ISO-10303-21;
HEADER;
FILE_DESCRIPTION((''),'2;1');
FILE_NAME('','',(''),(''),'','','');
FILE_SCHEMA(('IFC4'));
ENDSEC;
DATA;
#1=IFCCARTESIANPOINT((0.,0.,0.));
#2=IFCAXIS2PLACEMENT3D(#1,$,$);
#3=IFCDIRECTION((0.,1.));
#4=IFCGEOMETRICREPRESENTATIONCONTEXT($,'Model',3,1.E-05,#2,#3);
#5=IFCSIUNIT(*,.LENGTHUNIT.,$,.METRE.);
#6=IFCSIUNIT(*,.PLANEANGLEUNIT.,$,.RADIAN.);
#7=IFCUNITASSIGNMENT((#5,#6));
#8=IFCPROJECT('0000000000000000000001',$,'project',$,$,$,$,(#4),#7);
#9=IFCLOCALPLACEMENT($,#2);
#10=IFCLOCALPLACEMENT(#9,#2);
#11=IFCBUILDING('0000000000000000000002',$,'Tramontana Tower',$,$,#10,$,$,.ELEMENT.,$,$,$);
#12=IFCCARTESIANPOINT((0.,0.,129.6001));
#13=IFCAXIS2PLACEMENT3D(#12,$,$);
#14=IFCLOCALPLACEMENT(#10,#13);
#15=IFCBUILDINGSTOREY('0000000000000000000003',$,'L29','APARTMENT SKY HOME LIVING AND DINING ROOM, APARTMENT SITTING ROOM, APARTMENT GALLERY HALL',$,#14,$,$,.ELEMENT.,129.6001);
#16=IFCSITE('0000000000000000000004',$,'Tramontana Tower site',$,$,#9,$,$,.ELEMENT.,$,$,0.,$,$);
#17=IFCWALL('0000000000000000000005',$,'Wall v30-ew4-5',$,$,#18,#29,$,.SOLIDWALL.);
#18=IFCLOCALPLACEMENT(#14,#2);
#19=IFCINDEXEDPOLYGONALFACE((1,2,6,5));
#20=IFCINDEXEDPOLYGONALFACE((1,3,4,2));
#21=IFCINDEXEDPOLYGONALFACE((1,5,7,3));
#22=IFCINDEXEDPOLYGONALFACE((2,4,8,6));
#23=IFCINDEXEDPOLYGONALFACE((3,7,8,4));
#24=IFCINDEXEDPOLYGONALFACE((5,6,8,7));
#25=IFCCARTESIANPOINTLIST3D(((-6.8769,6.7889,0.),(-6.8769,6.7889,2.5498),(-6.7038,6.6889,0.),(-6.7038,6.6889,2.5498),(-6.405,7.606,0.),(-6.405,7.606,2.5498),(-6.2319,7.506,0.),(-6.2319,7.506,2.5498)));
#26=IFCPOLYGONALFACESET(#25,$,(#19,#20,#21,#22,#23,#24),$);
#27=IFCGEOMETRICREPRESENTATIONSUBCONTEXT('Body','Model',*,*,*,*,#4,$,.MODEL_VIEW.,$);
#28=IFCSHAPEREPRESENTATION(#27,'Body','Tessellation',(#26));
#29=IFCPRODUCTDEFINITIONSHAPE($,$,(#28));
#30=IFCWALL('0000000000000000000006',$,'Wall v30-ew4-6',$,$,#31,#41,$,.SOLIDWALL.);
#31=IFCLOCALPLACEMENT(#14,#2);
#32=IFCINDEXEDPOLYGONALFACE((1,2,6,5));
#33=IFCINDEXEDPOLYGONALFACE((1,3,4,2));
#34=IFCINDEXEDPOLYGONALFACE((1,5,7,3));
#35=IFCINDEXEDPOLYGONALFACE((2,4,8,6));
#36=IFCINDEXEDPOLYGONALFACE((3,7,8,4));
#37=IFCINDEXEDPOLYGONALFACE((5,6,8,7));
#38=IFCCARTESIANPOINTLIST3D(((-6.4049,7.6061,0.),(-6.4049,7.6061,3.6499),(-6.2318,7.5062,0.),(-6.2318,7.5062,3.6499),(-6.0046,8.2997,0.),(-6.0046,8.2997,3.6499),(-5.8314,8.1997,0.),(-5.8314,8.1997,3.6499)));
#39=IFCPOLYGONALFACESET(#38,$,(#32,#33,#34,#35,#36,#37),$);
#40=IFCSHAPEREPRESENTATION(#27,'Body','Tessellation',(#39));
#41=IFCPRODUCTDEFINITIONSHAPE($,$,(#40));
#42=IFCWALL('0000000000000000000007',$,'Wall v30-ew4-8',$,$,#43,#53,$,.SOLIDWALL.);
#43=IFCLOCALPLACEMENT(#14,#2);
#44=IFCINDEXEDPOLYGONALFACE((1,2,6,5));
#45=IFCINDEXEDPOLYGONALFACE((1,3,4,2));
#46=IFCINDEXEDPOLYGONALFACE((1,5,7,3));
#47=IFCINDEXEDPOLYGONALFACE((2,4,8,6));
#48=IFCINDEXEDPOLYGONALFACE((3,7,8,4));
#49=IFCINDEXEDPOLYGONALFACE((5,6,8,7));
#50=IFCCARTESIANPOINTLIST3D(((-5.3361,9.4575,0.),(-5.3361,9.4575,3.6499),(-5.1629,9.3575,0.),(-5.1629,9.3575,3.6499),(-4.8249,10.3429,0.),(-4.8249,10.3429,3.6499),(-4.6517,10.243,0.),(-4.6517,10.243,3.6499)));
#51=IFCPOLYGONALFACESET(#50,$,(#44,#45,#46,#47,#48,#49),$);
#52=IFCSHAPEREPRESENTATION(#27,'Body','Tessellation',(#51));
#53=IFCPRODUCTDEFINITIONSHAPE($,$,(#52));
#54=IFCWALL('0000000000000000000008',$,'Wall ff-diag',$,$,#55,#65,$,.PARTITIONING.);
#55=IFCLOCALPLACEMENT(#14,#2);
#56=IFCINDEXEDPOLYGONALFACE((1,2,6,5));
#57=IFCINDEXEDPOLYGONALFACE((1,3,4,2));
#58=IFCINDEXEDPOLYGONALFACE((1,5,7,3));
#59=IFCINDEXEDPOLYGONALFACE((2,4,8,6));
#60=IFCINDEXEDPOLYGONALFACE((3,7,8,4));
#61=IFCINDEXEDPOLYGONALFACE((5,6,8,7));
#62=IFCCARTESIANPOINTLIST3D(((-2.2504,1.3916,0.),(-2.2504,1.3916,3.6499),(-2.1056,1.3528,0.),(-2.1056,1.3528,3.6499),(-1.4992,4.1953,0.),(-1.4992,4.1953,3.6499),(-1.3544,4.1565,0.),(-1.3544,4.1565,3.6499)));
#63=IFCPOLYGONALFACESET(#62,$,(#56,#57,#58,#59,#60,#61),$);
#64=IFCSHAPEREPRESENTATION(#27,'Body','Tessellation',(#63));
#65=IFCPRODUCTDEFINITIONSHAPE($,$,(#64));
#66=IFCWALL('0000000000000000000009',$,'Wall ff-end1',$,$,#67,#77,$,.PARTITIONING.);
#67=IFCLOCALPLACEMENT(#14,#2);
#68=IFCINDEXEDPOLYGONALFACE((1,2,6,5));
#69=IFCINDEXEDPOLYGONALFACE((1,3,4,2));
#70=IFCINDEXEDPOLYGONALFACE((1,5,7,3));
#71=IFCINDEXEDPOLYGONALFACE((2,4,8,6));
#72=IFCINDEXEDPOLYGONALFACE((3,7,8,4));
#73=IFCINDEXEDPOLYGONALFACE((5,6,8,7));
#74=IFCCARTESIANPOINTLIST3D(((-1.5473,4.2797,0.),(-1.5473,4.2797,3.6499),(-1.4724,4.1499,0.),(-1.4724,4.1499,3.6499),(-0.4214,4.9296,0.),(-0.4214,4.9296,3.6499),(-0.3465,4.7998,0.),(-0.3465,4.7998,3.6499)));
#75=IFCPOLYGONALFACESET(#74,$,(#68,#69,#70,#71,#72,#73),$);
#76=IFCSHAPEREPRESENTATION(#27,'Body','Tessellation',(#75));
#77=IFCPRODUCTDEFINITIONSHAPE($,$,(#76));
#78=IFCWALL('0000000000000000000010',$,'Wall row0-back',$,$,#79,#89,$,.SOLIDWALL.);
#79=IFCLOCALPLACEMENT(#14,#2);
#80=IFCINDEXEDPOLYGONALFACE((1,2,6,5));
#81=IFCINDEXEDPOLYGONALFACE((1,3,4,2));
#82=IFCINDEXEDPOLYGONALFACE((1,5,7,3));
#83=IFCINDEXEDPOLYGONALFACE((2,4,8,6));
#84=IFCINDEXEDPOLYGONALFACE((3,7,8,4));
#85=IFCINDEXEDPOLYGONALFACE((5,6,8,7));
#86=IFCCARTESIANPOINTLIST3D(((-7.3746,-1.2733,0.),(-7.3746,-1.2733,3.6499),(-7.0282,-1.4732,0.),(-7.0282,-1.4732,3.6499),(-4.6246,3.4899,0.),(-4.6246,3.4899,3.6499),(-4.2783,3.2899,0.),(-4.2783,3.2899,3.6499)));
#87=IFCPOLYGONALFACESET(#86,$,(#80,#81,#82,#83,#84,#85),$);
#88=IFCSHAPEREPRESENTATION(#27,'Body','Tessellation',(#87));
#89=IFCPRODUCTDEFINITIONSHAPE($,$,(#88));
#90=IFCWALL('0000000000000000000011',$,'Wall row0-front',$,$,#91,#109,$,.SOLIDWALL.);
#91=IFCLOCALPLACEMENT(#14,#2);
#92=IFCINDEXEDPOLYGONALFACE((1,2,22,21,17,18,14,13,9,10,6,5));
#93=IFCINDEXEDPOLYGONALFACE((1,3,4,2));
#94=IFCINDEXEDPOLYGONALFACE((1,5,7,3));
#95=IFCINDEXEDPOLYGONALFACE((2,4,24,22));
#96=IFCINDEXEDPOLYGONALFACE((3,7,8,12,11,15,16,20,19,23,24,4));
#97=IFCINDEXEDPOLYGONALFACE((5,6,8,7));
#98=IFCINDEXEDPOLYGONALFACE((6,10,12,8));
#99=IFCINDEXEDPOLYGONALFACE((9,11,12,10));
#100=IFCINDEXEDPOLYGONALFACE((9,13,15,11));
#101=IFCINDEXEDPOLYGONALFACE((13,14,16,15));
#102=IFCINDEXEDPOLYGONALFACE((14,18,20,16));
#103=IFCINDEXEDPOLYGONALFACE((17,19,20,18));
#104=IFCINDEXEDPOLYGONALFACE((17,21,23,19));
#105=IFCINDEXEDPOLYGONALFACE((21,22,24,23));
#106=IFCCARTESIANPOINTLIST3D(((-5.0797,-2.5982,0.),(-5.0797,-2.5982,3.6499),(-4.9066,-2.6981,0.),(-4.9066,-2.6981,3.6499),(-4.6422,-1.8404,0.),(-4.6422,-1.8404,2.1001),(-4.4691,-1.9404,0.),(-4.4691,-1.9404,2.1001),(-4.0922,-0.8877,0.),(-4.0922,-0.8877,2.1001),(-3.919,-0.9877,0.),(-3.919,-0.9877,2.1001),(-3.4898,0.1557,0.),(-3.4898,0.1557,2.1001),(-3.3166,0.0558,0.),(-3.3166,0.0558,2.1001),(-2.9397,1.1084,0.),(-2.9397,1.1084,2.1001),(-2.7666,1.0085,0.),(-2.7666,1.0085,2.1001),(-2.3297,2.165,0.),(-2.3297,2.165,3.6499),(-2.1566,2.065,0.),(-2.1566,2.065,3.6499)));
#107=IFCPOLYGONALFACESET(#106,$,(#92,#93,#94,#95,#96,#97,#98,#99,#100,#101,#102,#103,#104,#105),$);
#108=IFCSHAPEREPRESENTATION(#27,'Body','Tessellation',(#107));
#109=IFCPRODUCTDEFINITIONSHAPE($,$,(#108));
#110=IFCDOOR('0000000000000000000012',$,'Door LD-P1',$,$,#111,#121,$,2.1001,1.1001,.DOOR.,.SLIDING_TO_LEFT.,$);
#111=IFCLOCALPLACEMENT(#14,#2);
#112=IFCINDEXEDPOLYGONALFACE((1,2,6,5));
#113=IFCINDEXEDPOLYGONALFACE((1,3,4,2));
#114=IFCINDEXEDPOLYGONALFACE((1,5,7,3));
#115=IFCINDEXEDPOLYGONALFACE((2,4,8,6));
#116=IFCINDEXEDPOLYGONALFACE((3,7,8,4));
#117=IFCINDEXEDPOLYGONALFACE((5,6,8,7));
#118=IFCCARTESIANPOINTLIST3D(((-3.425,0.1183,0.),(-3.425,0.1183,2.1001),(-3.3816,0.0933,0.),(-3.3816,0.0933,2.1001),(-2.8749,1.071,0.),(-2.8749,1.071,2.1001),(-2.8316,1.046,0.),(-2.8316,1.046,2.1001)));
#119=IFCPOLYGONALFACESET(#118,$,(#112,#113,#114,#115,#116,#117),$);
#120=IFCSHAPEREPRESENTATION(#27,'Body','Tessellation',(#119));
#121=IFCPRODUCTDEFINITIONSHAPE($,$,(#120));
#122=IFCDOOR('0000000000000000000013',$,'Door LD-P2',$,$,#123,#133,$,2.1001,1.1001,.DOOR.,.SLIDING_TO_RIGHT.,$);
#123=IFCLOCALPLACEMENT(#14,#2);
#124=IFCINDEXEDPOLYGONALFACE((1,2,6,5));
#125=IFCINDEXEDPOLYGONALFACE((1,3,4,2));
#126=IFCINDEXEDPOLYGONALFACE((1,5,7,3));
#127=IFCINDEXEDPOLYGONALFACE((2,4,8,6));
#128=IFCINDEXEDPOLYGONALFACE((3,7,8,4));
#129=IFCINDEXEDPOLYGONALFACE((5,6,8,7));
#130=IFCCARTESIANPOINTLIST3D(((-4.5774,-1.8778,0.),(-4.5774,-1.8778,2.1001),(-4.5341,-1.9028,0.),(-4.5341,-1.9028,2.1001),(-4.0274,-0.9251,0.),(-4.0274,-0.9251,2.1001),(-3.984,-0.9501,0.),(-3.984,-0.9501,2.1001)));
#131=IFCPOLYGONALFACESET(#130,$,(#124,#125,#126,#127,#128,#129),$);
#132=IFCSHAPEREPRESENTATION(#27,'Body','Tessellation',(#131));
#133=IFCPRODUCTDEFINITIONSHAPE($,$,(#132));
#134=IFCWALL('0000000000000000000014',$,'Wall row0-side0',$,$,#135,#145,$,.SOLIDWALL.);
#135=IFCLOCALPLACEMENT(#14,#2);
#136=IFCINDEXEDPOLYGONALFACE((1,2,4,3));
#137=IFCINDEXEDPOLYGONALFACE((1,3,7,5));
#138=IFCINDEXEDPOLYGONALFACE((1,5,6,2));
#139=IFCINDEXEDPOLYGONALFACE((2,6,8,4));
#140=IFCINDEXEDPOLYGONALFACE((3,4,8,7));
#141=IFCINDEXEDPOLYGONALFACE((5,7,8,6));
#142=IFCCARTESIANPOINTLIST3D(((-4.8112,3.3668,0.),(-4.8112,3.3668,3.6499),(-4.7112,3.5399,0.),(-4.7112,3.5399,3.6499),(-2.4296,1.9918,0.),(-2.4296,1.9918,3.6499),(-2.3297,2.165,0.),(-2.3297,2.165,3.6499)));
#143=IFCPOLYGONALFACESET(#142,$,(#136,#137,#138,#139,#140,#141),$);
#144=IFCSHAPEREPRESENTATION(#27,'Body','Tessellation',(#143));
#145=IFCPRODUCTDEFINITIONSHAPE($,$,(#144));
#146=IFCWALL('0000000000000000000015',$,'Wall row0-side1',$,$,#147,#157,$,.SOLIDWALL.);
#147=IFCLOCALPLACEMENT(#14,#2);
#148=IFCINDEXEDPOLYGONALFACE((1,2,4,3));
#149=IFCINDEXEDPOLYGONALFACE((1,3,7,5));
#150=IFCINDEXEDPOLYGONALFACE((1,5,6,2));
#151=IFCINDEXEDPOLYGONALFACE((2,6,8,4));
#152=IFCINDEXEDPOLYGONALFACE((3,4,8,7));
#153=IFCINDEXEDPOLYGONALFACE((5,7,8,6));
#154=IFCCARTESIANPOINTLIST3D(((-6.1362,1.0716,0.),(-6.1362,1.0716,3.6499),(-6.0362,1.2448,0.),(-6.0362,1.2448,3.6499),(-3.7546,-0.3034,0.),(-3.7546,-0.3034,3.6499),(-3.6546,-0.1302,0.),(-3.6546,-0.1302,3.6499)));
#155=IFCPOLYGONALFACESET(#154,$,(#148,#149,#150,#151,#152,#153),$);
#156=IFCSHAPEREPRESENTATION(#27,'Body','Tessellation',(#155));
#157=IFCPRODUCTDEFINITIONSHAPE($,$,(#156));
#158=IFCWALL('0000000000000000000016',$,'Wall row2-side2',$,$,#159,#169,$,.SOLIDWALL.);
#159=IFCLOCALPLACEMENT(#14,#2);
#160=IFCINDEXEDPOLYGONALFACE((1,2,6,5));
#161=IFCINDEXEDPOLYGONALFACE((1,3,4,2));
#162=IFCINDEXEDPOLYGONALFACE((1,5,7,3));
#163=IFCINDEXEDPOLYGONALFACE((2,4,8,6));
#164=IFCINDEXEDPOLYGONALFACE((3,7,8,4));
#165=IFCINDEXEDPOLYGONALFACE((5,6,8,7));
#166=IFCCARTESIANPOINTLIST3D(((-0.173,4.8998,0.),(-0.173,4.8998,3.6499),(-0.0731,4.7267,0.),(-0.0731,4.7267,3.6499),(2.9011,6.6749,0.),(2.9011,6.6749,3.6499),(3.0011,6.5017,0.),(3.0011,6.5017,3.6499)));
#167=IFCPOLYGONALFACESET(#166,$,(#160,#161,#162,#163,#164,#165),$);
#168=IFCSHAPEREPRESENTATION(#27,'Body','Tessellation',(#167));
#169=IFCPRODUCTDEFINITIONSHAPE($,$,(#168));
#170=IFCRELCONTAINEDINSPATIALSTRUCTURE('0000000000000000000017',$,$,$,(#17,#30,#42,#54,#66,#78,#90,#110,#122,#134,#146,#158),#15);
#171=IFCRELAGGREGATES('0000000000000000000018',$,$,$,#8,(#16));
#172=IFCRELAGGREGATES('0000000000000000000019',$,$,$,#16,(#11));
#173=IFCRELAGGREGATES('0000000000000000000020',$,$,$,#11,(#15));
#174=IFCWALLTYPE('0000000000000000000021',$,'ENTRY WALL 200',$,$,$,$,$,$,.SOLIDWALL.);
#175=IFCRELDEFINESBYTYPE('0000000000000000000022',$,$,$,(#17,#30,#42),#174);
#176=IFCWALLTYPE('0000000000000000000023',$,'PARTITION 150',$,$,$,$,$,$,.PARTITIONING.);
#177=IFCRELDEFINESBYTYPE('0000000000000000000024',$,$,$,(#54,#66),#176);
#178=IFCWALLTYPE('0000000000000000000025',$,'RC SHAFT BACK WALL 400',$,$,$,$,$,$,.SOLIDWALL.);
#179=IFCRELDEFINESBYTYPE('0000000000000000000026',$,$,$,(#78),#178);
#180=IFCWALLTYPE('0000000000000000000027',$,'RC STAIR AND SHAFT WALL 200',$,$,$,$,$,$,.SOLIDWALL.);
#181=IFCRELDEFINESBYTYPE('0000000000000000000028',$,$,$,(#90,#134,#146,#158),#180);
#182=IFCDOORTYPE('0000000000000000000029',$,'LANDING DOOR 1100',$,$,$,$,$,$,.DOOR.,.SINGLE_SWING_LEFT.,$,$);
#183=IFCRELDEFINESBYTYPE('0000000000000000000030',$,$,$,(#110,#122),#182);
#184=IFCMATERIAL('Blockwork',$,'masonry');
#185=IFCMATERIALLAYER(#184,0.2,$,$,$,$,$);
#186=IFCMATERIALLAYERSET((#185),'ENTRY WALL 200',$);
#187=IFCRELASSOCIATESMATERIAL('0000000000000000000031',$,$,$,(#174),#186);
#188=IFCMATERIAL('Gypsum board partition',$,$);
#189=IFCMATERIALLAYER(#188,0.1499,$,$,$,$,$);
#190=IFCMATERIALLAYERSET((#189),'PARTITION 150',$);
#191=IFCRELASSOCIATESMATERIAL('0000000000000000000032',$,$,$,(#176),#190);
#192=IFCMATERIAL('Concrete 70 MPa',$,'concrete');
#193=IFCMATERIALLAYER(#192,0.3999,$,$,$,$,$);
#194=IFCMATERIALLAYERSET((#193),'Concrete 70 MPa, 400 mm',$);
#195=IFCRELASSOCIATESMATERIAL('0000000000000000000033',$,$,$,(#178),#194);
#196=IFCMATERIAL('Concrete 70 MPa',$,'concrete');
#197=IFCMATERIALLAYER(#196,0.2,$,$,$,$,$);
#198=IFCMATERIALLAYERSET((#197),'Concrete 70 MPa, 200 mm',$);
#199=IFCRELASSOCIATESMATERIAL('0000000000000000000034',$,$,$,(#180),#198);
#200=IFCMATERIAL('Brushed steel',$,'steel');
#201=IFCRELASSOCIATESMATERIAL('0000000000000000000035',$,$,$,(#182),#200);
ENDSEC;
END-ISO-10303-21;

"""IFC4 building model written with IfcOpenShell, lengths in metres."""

from ifc_helpers import new_model, si_unit, direction, frame, frame_2d, origin, place, context, subcontext, project, spatial, rectangle, extrude, material, layer, layer_set, type_object, element, fill, save


model = new_model("IFC4")

# Units and contexts
model_context = context("Model", 3, precision=1e-05, world=origin(), true_north=direction((0.0, 1.0)))
body_context = subcontext(model_context, "Body", "Model", "MODEL_VIEW")
ifc_project = project(units=[si_unit("LENGTHUNIT", "METRE"), si_unit("PLANEANGLEUNIT", "RADIAN")], contexts=[model_context])

# Site, building, storey
site_placement = place(None, origin())
site = spatial("IfcSite", under=ifc_project, at=site_placement, Name="Tramontana Tower site", CompositionType="ELEMENT", RefElevation=0.0)
building_placement = place(site_placement, origin())
building = spatial("IfcBuilding", under=site, at=building_placement, Name="Tramontana Tower", CompositionType="ELEMENT")
storey_placement = place(building_placement, frame((0.0, 0.0, 129.6001)))
storey = spatial("IfcBuildingStorey", under=building, at=storey_placement, Name="L29", Description="APARTMENT SKY HOME LIVING AND DINING ROOM, APARTMENT SITTING ROOM, APARTMENT GALLERY HALL", CompositionType="ELEMENT", Elevation=129.6001)

# Walls
ifc_material_1 = material(Name="Blockwork", Category="masonry")
ifc_layer_1 = layer(ifc_material_1, 0.2)
ifc_layer_set_1 = layer_set([ifc_layer_1], Name="ENTRY WALL 200")
wall_type_1 = type_object("IfcWallType", Name="ENTRY WALL 200", PredefinedType="SOLIDWALL", material=ifc_layer_set_1)
wall_1_placement = place(storey_placement, frame((-6.7903, 6.739, 0.0), z_axis=(0.0, 0.0, 1.0), x_axis=(0.500118, 0.865957, 0.0)))
element("IfcWall", 1, at=wall_1_placement, inside=storey, type_object=wall_type_1, Name="Wall v30-ew4-5", PredefinedType="SOLIDWALL", context=body_context, shape_type="SweptSolid", body=[
    extrude(rectangle(XDim=0.9436, YDim=0.2, at=frame_2d((0.4717, 0.0))), origin(), (0.0, 0.0, 1.0), 2.5498),
])
wall_2_placement = place(storey_placement, frame((-6.3184, 7.5562, 0.0), z_axis=(0.0, 0.0, 1.0), x_axis=(0.499942, 0.866059, 0.0)))
element("IfcWall", 2, at=wall_2_placement, inside=storey, type_object=wall_type_1, Name="Wall v30-ew4-6", PredefinedType="SOLIDWALL", context=body_context, shape_type="SweptSolid", body=[
    extrude(rectangle(XDim=0.8008, YDim=0.2, at=frame_2d((0.4004, 0.0))), origin(), (0.0, 0.0, 1.0), 3.6499),
])

# Walls
wall_3_placement = place(storey_placement, frame((-5.2495, 9.4075, 0.0), z_axis=(0.0, 0.0, 1.0), x_axis=(0.499991, 0.866031, 0.0)))
element("IfcWall", 3, at=wall_3_placement, inside=storey, type_object=wall_type_1, Name="Wall v30-ew4-8", PredefinedType="SOLIDWALL", context=body_context, shape_type="SweptSolid", body=[
    extrude(rectangle(XDim=1.0225, YDim=0.2, at=frame_2d((0.5112, 0.0))), origin(), (0.0, 0.0, 1.0), 3.6499),
])
ifc_material_2 = material(Name="Gypsum board partition")
ifc_layer_2 = layer(ifc_material_2, 0.1499)
ifc_layer_set_2 = layer_set([ifc_layer_2], Name="PARTITION 150")
wall_type_2 = type_object("IfcWallType", Name="PARTITION 150", PredefinedType="PARTITIONING", material=ifc_layer_set_2)
wall_4_placement = place(storey_placement, frame((-2.178, 1.3723, 0.0), z_axis=(0.0, 0.0, 1.0), x_axis=(0.258809, 0.965929, 0.0)))
element("IfcWall", 4, at=wall_4_placement, inside=storey, type_object=wall_type_2, Name="Wall ff-diag", PredefinedType="PARTITIONING", context=body_context, shape_type="SweptSolid", body=[
    extrude(rectangle(XDim=2.9026, YDim=0.1499, at=frame_2d((1.4512, 0.0))), origin(), (0.0, 0.0, 1.0), 3.6499),
])
wall_5_placement = place(storey_placement, frame((-1.5098, 4.2148, 0.0), z_axis=(0.0, 0.0, 1.0), x_axis=(0.866086, 0.499896, 0.0)))
element("IfcWall", 5, at=wall_5_placement, inside=storey, type_object=wall_type_2, Name="Wall ff-end1", PredefinedType="PARTITIONING", context=body_context, shape_type="SweptSolid", body=[
    extrude(rectangle(XDim=1.3, YDim=0.1499, at=frame_2d((0.6499, 0.0))), origin(), (0.0, 0.0, 1.0), 3.6499),
])
ifc_material_3 = material(Name="Concrete 70 MPa", Category="concrete")
ifc_layer_3 = layer(ifc_material_3, 0.3999)
ifc_layer_set_3 = layer_set([ifc_layer_3], Name="Concrete 70 MPa, 400 mm")
wall_type_3 = type_object("IfcWallType", Name="RC SHAFT BACK WALL 400", PredefinedType="SOLIDWALL", material=ifc_layer_set_3)
wall_6_placement = place(storey_placement, frame((-4.4514, 3.3899, 0.0), z_axis=(0.0, 0.0, 1.0), x_axis=(-0.499997, -0.866027, 0.0)))
element("IfcWall", 6, at=wall_6_placement, inside=storey, type_object=wall_type_3, Name="Wall row0-back", PredefinedType="SOLIDWALL", context=body_context, shape_type="SweptSolid", body=[
    extrude(rectangle(XDim=5.5, YDim=0.3999, at=frame_2d((2.75, 0.0))), origin(), (0.0, 0.0, 1.0), 3.6499),
])

# Shared definitions
ifc_material_4 = material(Name="Concrete 70 MPa", Category="concrete")
ifc_layer_4 = layer(ifc_material_4, 0.2)
ifc_layer_set_4 = layer_set([ifc_layer_4], Name="Concrete 70 MPa, 200 mm")
wall_type_4 = type_object("IfcWallType", Name="RC STAIR AND SHAFT WALL 200", PredefinedType="SOLIDWALL", material=ifc_layer_set_4)

# Wall, openings, doors
wall_7_placement = place(storey_placement, frame((-2.2432, 2.115, 0.0), z_axis=(0.0, 0.0, 1.0), x_axis=(-0.499997, -0.866027, 0.0)))
wall_7 = element("IfcWall", 7, at=wall_7_placement, inside=storey, type_object=wall_type_4, Name="Wall row0-front", PredefinedType="SOLIDWALL", context=body_context, shape_type="SweptSolid", body=[
    extrude(rectangle(XDim=5.5, YDim=0.2, at=frame_2d((2.75, 0.0))), origin(), (0.0, 0.0, 1.0), 3.6499),
])
opening_1_placement = place(wall_7_placement, frame((1.22, 0.0, 0.0)))
opening_1 = element("IfcOpeningElement", 8, at=opening_1_placement, cuts=wall_7, PredefinedType="OPENING", context=body_context, shape_type="SweptSolid", body=[
    extrude(rectangle(XDim=1.1001, YDim=2.1001, at=frame_2d((0.55, 1.05))), frame((0.0, 0.1099, 0.0), z_axis=(0.0, -1.0, 0.0), x_axis=(1.0, 0.0, 0.0)), (0.0, 0.0, 1.0), 0.22),
])
opening_2_placement = place(wall_7_placement, frame((3.5249, 0.0, 0.0)))
opening_2 = element("IfcOpeningElement", 9, at=opening_2_placement, cuts=wall_7, PredefinedType="OPENING", context=body_context, shape_type="SweptSolid", body=[
    extrude(rectangle(XDim=1.1001, YDim=2.1001, at=frame_2d((0.55, 1.05))), frame((0.0, 0.1099, 0.0), z_axis=(0.0, -1.0, 0.0), x_axis=(1.0, 0.0, 0.0)), (0.0, 0.0, 1.0), 0.22),
])
ifc_material_5 = material(Name="Brushed steel", Category="steel")
door_type_1 = type_object("IfcDoorType", Name="LANDING DOOR 1100", OperationType="SINGLE_SWING_LEFT", PredefinedType="DOOR", material=ifc_material_5)
door_1_placement = place(opening_1_placement, origin())
door_1 = element("IfcDoor", 10, at=door_1_placement, inside=storey, type_object=door_type_1, Name="Door LD-P1", OperationType="SLIDING_TO_LEFT", OverallHeight=2.1001, OverallWidth=1.1001, PredefinedType="DOOR", context=body_context, shape_type="SweptSolid", body=[
    extrude(rectangle(XDim=1.1001, YDim=2.1001, at=frame_2d((0.55, 1.05))), frame((0.0, 0.0249, 0.0), z_axis=(0.0, -1.0, 0.0), x_axis=(1.0, 0.0, 0.0)), (0.0, 0.0, 1.0), 0.05),
])
fill(opening_1, door_1)
door_2_placement = place(opening_2_placement, origin())
door_2 = element("IfcDoor", 11, at=door_2_placement, inside=storey, type_object=door_type_1, Name="Door LD-P2", OperationType="SLIDING_TO_RIGHT", OverallHeight=2.1001, OverallWidth=1.1001, PredefinedType="DOOR", context=body_context, shape_type="SweptSolid", body=[
    extrude(rectangle(XDim=1.1001, YDim=2.1001, at=frame_2d((0.55, 1.05))), frame((0.0, 0.0249, 0.0), z_axis=(0.0, -1.0, 0.0), x_axis=(1.0, 0.0, 0.0)), (0.0, 0.0, 1.0), 0.05),
])
fill(opening_2, door_2)

# Walls
for number, where, z_axis, x_axis, name in (
    (12, (-2.3796, 2.0784, 0.0), (0.0, 0.0, 1.0), (-0.866027, 0.499997, 0.0), "Wall row0-side0"),
    (13, (-3.7046, -0.2168, 0.0), (0.0, 0.0, 1.0), (-0.866027, 0.499997, 0.0), "Wall row0-side1"),
):
    element("IfcWall", number, at=place(storey_placement, frame(where, z_axis=z_axis, x_axis=x_axis)), inside=storey, type_object=wall_type_4, Name=name, PredefinedType="SOLIDWALL", context=body_context, shape_type="SweptSolid", body=[
        extrude(rectangle(XDim=2.75, YDim=0.2, at=frame_2d((1.375, 0.0))), origin(), (0.0, 0.0, 1.0), 3.6499),
    ])
wall_8_placement = place(storey_placement, frame((-0.123, 4.8132, 0.0), z_axis=(0.0, 0.0, 1.0), x_axis=(0.865995, 0.500052, 0.0)))
element("IfcWall", 14, at=wall_8_placement, inside=storey, type_object=wall_type_4, Name="Wall row2-side2", PredefinedType="SOLIDWALL", context=body_context, shape_type="SweptSolid", body=[
    extrude(rectangle(XDim=3.5498, YDim=0.2, at=frame_2d((1.7749, 0.0))), origin(), (0.0, 0.0, 1.0), 3.6499),
])

save(model, "model.ifc")
